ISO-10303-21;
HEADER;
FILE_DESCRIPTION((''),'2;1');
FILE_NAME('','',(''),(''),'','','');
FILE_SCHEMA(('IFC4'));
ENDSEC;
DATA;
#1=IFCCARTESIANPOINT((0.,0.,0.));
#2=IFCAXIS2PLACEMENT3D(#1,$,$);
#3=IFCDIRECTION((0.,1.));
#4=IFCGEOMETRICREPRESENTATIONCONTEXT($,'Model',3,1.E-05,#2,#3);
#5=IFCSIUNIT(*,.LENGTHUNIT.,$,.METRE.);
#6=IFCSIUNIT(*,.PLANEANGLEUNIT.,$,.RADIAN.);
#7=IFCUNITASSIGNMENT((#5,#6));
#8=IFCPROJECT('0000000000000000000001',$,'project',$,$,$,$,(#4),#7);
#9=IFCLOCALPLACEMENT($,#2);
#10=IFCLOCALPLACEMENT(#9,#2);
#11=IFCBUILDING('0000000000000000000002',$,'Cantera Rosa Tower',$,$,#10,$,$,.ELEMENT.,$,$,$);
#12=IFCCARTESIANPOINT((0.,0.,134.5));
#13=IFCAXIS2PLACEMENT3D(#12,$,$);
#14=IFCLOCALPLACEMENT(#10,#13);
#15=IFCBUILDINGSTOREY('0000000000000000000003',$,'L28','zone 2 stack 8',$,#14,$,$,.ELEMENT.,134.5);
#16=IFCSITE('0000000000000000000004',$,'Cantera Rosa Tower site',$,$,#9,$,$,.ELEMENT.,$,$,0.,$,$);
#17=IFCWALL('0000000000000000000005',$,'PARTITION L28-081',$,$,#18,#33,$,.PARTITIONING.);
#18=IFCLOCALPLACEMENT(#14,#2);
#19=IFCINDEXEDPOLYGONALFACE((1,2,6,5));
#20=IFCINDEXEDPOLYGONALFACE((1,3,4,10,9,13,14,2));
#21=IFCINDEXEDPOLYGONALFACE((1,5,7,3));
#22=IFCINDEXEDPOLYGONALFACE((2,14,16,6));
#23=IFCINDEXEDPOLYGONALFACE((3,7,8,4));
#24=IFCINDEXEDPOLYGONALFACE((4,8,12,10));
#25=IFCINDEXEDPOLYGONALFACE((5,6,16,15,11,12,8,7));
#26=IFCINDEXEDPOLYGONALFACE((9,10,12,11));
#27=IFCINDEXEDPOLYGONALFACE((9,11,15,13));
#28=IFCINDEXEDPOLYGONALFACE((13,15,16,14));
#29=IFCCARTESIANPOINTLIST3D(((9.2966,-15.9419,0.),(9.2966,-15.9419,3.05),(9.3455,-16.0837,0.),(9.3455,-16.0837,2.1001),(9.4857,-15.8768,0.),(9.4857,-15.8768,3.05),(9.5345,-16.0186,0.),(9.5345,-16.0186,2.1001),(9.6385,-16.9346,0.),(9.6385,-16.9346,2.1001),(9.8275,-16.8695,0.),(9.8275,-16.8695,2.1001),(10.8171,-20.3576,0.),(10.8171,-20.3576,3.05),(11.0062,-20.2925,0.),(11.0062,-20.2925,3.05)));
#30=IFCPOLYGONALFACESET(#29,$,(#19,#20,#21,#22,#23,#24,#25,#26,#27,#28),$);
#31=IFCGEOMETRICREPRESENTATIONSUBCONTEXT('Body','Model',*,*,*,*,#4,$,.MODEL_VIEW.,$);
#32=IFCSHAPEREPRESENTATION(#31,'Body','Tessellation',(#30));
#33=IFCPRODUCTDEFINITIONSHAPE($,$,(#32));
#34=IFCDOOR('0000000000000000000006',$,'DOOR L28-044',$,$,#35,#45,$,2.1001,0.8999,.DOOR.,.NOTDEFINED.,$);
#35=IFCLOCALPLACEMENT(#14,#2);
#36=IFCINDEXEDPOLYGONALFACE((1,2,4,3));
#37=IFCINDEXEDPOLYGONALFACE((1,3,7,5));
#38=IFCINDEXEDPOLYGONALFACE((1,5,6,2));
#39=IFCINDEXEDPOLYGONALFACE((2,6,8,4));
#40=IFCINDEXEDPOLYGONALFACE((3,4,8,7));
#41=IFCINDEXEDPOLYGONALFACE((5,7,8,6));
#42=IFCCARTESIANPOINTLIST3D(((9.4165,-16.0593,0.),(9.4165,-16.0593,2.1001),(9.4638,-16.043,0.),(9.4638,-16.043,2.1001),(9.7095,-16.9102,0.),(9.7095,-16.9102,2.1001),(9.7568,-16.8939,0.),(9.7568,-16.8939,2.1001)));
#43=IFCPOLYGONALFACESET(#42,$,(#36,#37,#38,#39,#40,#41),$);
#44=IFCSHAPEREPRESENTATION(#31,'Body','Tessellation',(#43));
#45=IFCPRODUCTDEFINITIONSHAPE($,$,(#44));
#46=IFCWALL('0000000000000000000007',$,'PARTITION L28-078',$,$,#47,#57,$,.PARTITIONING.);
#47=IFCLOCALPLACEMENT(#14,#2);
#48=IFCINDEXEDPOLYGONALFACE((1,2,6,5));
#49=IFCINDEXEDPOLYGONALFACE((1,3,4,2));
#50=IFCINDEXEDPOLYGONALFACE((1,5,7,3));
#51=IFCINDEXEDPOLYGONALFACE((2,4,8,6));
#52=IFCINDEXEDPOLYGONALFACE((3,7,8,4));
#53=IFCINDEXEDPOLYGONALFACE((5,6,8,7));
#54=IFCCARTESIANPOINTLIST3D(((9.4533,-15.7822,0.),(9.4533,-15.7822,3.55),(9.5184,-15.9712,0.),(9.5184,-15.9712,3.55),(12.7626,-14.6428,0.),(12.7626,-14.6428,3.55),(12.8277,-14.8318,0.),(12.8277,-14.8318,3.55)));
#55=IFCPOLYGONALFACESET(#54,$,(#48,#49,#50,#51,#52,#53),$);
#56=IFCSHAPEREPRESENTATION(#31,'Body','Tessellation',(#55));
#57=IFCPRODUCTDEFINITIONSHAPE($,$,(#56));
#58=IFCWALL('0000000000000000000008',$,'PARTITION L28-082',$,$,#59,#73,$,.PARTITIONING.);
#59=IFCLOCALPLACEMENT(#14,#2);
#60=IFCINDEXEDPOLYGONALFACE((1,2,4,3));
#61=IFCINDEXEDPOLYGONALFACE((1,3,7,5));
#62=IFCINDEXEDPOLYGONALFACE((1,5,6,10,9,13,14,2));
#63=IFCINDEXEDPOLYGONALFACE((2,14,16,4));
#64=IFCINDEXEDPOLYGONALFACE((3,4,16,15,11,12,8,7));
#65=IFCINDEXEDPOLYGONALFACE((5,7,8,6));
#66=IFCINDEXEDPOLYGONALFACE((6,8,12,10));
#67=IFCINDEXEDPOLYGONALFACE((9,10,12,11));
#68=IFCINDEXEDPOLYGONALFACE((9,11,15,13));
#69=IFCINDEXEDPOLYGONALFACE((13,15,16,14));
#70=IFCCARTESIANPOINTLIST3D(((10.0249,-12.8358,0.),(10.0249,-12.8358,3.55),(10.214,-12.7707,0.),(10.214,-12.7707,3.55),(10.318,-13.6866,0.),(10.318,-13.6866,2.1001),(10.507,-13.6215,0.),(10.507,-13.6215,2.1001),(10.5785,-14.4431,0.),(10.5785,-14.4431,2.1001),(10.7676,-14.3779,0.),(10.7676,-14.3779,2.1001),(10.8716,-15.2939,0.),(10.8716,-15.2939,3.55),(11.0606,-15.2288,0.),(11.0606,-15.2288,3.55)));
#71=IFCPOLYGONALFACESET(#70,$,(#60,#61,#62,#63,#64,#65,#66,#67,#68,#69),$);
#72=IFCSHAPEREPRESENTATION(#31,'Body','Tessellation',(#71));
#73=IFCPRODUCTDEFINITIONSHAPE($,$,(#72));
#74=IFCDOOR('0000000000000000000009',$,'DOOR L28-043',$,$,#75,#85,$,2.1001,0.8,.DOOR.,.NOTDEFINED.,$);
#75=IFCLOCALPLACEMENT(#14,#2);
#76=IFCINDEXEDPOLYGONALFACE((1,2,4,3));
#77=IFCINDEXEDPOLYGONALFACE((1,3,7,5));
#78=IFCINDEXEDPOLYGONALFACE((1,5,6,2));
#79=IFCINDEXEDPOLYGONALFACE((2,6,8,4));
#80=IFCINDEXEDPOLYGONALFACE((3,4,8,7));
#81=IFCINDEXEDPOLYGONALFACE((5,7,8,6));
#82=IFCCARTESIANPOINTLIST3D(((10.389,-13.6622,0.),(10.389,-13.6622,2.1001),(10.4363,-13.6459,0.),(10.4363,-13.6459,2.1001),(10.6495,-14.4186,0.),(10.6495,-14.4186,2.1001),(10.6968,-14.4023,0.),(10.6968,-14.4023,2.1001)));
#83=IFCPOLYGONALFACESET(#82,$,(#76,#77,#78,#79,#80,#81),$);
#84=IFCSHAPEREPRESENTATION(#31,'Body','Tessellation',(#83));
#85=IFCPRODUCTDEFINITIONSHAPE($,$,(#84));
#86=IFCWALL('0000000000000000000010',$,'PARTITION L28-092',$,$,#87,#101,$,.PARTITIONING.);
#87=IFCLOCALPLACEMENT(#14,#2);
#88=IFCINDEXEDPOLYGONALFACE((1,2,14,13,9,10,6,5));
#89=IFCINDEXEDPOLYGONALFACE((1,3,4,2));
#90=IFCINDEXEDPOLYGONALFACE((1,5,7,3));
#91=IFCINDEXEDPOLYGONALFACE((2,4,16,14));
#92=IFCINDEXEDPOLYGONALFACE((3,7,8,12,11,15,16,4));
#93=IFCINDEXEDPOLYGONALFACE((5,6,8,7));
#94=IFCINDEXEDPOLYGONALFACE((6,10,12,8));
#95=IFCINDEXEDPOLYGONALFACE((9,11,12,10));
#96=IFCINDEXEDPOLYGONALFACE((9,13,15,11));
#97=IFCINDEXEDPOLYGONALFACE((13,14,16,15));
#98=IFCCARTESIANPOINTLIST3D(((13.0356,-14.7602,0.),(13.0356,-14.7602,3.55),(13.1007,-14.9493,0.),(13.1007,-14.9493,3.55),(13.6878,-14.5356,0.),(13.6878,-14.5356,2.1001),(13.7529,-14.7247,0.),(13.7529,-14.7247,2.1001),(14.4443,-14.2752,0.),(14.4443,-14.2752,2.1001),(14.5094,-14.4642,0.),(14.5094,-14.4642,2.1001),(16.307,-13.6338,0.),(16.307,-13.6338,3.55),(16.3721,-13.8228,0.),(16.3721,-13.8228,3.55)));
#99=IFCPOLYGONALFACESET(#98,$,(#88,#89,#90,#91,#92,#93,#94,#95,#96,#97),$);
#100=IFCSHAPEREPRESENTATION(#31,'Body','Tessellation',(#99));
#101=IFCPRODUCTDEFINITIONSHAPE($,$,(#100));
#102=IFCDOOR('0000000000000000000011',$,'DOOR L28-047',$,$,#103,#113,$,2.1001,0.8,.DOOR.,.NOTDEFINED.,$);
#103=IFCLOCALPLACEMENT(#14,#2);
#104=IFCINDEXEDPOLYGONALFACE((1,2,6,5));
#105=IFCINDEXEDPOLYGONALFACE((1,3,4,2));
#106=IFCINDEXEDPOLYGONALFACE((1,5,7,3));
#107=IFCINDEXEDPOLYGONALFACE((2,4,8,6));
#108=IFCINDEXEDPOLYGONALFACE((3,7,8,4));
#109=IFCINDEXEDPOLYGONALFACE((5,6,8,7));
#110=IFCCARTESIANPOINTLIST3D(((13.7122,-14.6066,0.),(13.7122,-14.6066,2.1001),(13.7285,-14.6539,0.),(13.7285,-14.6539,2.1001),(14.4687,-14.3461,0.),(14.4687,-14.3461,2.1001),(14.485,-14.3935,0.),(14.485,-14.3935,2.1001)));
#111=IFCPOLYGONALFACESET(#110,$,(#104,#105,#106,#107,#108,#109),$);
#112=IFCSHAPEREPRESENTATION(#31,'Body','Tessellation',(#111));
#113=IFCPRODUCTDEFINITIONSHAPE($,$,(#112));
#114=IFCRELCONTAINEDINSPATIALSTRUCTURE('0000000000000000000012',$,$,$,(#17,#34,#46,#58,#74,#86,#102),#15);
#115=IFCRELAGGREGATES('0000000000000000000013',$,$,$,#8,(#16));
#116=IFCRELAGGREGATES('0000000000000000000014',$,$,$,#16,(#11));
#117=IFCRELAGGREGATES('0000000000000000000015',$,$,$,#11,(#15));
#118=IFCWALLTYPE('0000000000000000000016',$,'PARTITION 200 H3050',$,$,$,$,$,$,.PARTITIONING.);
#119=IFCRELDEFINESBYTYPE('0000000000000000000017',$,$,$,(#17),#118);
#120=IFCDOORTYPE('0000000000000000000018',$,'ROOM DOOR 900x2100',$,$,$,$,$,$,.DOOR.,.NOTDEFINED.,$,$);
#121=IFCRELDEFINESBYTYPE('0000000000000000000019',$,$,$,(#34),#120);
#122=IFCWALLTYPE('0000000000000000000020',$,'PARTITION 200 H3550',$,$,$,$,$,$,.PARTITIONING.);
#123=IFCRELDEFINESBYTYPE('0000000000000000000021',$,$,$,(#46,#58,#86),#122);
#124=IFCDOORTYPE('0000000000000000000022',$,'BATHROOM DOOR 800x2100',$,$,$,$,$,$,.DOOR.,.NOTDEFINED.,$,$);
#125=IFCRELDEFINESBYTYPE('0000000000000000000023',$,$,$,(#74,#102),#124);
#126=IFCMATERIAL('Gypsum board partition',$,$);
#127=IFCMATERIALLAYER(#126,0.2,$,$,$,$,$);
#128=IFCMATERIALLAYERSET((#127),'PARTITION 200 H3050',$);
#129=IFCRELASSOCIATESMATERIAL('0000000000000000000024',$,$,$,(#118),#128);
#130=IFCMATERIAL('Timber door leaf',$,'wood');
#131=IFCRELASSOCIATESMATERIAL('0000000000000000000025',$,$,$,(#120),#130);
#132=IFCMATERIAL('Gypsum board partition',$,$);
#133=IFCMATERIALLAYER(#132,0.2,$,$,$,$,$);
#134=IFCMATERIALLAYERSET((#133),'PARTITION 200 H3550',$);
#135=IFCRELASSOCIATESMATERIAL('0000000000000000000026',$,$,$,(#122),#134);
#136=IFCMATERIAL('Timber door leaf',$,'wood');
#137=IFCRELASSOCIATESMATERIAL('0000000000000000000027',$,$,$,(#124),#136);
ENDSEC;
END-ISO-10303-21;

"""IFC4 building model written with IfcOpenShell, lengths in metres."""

from ifc_helpers import new_model, si_unit, direction, frame, frame_2d, origin, place, context, subcontext, project, spatial, rectangle, extrude, material, layer, layer_set, type_object, element, fill, save


model = new_model("IFC4")

# Units and contexts
model_context = context("Model", 3, precision=1e-05, world=origin(), true_north=direction((0.0, 1.0)))
body_context = subcontext(model_context, "Body", "Model", "MODEL_VIEW")
ifc_project = project(units=[si_unit("LENGTHUNIT", "METRE"), si_unit("PLANEANGLEUNIT", "RADIAN")], contexts=[model_context])

# Site, building, storey
site_placement = place(None, origin())
site = spatial("IfcSite", under=ifc_project, at=site_placement, Name="Cantera Rosa Tower site", CompositionType="ELEMENT", RefElevation=0.0)
building_placement = place(site_placement, origin())
building = spatial("IfcBuilding", under=site, at=building_placement, Name="Cantera Rosa Tower", CompositionType="ELEMENT")
storey_placement = place(building_placement, frame((0.0, 0.0, 134.5)))
storey = spatial("IfcBuildingStorey", under=building, at=storey_placement, Name="L28", Description="zone 2 stack 8", CompositionType="ELEMENT", Elevation=134.5)

# Wall, opening, door
ifc_material_1 = material(Name="Gypsum board partition")
ifc_layer_1 = layer(ifc_material_1, 0.2)
ifc_layer_set_1 = layer_set([ifc_layer_1], Name="PARTITION 200 H3050")
wall_type_1 = type_object("IfcWallType", Name="PARTITION 200 H3050", PredefinedType="PARTITIONING", material=ifc_layer_set_1)
wall_1_placement = place(storey_placement, frame((10.9116, -20.325, 0.0), z_axis=(0.0, 0.0, 1.0), x_axis=(-0.325575, 0.945516, 0.0)))
wall_1 = element("IfcWall", 1, at=wall_1_placement, inside=storey, type_object=wall_type_1, Name="PARTITION L28-081", PredefinedType="PARTITIONING", context=body_context, shape_type="SweptSolid", body=[
    extrude(rectangle(XDim=4.6702, YDim=0.2, at=frame_2d((2.335, 0.0))), origin(), (0.0, 0.0, 1.0), 3.05),
])
opening_1_placement = place(wall_1_placement, frame((3.6201, 0.0, 0.0)))
opening_1 = element("IfcOpeningElement", 2, at=opening_1_placement, cuts=wall_1, PredefinedType="OPENING", context=body_context, shape_type="SweptSolid", body=[
    extrude(rectangle(XDim=0.8999, YDim=2.1001, at=frame_2d((0.45, 1.05))), frame((0.0, 0.1099, 0.0), z_axis=(0.0, -1.0, 0.0), x_axis=(1.0, 0.0, 0.0)), (0.0, 0.0, 1.0), 0.22),
])
ifc_material_2 = material(Name="Timber door leaf", Category="wood")
door_type_1 = type_object("IfcDoorType", Name="ROOM DOOR 900x2100", OperationType="NOTDEFINED", PredefinedType="DOOR", material=ifc_material_2)
door_1_placement = place(opening_1_placement, origin())
door_1 = element("IfcDoor", 3, at=door_1_placement, inside=storey, type_object=door_type_1, Name="DOOR L28-044", OperationType="NOTDEFINED", OverallHeight=2.1001, OverallWidth=0.8999, PredefinedType="DOOR", context=body_context, shape_type="SweptSolid", body=[
    extrude(rectangle(XDim=0.8999, YDim=2.1001, at=frame_2d((0.45, 1.05))), frame((0.0, 0.0249, 0.0), z_axis=(0.0, -1.0, 0.0), x_axis=(1.0, 0.0, 0.0)), (0.0, 0.0, 1.0), 0.05),
])
fill(opening_1, door_1)

# Wall
ifc_material_3 = material(Name="Gypsum board partition")
ifc_layer_2 = layer(ifc_material_3, 0.2)
ifc_layer_set_2 = layer_set([ifc_layer_2], Name="PARTITION 200 H3550")
wall_type_2 = type_object("IfcWallType", Name="PARTITION 200 H3550", PredefinedType="PARTITIONING", material=ifc_layer_set_2)
wall_2_placement = place(storey_placement, frame((9.4858, -15.8767, 0.0), z_axis=(0.0, 0.0, 1.0), x_axis=(0.945526, 0.325546, 0.0)))
element("IfcWall", 4, at=wall_2_placement, inside=storey, type_object=wall_type_2, Name="PARTITION L28-078", PredefinedType="PARTITIONING", context=body_context, shape_type="SweptSolid", body=[
    extrude(rectangle(XDim=3.5, YDim=0.2, at=frame_2d((1.75, 0.0))), origin(), (0.0, 0.0, 1.0), 3.55),
])

# Walls, openings, doors
wall_3_placement = place(storey_placement, frame((10.9661, -15.2612, 0.0), z_axis=(0.0, 0.0, 1.0), x_axis=(-0.325649, 0.945491, 0.0)))
wall_3 = element("IfcWall", 5, at=wall_3_placement, inside=storey, type_object=wall_type_2, Name="PARTITION L28-082", PredefinedType="PARTITIONING", context=body_context, shape_type="SweptSolid", body=[
    extrude(rectangle(XDim=2.5999, YDim=0.2, at=frame_2d((1.2998, 0.0))), origin(), (0.0, 0.0, 1.0), 3.55),
])
opening_2_placement = place(wall_3_placement, frame((0.8999, 0.0, 0.0)))
opening_2 = element("IfcOpeningElement", 6, at=opening_2_placement, cuts=wall_3, PredefinedType="OPENING", context=body_context, shape_type="SweptSolid", body=[
    extrude(rectangle(XDim=0.8, YDim=2.1001, at=frame_2d((0.3999, 1.05))), frame((0.0, 0.1099, 0.0), z_axis=(0.0, -1.0, 0.0), x_axis=(1.0, 0.0, 0.0)), (0.0, 0.0, 1.0), 0.22),
])
ifc_material_4 = material(Name="Timber door leaf", Category="wood")
door_type_2 = type_object("IfcDoorType", Name="BATHROOM DOOR 800x2100", OperationType="NOTDEFINED", PredefinedType="DOOR", material=ifc_material_4)
door_2_placement = place(opening_2_placement, origin())
door_2 = element("IfcDoor", 7, at=door_2_placement, inside=storey, type_object=door_type_2, Name="DOOR L28-043", OperationType="NOTDEFINED", OverallHeight=2.1001, OverallWidth=0.8, PredefinedType="DOOR", context=body_context, shape_type="SweptSolid", body=[
    extrude(rectangle(XDim=0.8, YDim=2.1001, at=frame_2d((0.3999, 1.05))), frame((0.0, 0.0249, 0.0), z_axis=(0.0, -1.0, 0.0), x_axis=(1.0, 0.0, 0.0)), (0.0, 0.0, 1.0), 0.05),
])
fill(opening_2, door_2)
wall_4_placement = place(storey_placement, frame((13.0681, -14.8547, 0.0), z_axis=(0.0, 0.0, 1.0), x_axis=(0.945518, 0.325569, 0.0)))
wall_4 = element("IfcWall", 8, at=wall_4_placement, inside=storey, type_object=wall_type_2, Name="PARTITION L28-092", PredefinedType="PARTITIONING", context=body_context, shape_type="SweptSolid", body=[
    extrude(rectangle(XDim=3.46, YDim=0.2, at=frame_2d((1.73, 0.0))), origin(), (0.0, 0.0, 1.0), 3.55),
])
opening_3_placement = place(wall_4_placement, frame((0.6899, 0.0, 0.0)))
opening_3 = element("IfcOpeningElement", 9, at=opening_3_placement, cuts=wall_4, PredefinedType="OPENING", context=body_context, shape_type="SweptSolid", body=[
    extrude(rectangle(XDim=0.8, YDim=2.1001, at=frame_2d((0.3999, 1.05))), frame((0.0, 0.1099, 0.0), z_axis=(0.0, -1.0, 0.0), x_axis=(1.0, 0.0, 0.0)), (0.0, 0.0, 1.0), 0.22),
])
door_3_placement = place(opening_3_placement, origin())
door_3 = element("IfcDoor", 10, at=door_3_placement, inside=storey, type_object=door_type_2, Name="DOOR L28-047", OperationType="NOTDEFINED", OverallHeight=2.1001, OverallWidth=0.8, PredefinedType="DOOR", context=body_context, shape_type="SweptSolid", body=[
    extrude(rectangle(XDim=0.8, YDim=2.1001, at=frame_2d((0.3999, 1.05))), frame((0.0, 0.0249, 0.0), z_axis=(0.0, -1.0, 0.0), x_axis=(1.0, 0.0, 0.0)), (0.0, 0.0, 1.0), 0.05),
])
fill(opening_3, door_3)

save(model, "model.ifc")
